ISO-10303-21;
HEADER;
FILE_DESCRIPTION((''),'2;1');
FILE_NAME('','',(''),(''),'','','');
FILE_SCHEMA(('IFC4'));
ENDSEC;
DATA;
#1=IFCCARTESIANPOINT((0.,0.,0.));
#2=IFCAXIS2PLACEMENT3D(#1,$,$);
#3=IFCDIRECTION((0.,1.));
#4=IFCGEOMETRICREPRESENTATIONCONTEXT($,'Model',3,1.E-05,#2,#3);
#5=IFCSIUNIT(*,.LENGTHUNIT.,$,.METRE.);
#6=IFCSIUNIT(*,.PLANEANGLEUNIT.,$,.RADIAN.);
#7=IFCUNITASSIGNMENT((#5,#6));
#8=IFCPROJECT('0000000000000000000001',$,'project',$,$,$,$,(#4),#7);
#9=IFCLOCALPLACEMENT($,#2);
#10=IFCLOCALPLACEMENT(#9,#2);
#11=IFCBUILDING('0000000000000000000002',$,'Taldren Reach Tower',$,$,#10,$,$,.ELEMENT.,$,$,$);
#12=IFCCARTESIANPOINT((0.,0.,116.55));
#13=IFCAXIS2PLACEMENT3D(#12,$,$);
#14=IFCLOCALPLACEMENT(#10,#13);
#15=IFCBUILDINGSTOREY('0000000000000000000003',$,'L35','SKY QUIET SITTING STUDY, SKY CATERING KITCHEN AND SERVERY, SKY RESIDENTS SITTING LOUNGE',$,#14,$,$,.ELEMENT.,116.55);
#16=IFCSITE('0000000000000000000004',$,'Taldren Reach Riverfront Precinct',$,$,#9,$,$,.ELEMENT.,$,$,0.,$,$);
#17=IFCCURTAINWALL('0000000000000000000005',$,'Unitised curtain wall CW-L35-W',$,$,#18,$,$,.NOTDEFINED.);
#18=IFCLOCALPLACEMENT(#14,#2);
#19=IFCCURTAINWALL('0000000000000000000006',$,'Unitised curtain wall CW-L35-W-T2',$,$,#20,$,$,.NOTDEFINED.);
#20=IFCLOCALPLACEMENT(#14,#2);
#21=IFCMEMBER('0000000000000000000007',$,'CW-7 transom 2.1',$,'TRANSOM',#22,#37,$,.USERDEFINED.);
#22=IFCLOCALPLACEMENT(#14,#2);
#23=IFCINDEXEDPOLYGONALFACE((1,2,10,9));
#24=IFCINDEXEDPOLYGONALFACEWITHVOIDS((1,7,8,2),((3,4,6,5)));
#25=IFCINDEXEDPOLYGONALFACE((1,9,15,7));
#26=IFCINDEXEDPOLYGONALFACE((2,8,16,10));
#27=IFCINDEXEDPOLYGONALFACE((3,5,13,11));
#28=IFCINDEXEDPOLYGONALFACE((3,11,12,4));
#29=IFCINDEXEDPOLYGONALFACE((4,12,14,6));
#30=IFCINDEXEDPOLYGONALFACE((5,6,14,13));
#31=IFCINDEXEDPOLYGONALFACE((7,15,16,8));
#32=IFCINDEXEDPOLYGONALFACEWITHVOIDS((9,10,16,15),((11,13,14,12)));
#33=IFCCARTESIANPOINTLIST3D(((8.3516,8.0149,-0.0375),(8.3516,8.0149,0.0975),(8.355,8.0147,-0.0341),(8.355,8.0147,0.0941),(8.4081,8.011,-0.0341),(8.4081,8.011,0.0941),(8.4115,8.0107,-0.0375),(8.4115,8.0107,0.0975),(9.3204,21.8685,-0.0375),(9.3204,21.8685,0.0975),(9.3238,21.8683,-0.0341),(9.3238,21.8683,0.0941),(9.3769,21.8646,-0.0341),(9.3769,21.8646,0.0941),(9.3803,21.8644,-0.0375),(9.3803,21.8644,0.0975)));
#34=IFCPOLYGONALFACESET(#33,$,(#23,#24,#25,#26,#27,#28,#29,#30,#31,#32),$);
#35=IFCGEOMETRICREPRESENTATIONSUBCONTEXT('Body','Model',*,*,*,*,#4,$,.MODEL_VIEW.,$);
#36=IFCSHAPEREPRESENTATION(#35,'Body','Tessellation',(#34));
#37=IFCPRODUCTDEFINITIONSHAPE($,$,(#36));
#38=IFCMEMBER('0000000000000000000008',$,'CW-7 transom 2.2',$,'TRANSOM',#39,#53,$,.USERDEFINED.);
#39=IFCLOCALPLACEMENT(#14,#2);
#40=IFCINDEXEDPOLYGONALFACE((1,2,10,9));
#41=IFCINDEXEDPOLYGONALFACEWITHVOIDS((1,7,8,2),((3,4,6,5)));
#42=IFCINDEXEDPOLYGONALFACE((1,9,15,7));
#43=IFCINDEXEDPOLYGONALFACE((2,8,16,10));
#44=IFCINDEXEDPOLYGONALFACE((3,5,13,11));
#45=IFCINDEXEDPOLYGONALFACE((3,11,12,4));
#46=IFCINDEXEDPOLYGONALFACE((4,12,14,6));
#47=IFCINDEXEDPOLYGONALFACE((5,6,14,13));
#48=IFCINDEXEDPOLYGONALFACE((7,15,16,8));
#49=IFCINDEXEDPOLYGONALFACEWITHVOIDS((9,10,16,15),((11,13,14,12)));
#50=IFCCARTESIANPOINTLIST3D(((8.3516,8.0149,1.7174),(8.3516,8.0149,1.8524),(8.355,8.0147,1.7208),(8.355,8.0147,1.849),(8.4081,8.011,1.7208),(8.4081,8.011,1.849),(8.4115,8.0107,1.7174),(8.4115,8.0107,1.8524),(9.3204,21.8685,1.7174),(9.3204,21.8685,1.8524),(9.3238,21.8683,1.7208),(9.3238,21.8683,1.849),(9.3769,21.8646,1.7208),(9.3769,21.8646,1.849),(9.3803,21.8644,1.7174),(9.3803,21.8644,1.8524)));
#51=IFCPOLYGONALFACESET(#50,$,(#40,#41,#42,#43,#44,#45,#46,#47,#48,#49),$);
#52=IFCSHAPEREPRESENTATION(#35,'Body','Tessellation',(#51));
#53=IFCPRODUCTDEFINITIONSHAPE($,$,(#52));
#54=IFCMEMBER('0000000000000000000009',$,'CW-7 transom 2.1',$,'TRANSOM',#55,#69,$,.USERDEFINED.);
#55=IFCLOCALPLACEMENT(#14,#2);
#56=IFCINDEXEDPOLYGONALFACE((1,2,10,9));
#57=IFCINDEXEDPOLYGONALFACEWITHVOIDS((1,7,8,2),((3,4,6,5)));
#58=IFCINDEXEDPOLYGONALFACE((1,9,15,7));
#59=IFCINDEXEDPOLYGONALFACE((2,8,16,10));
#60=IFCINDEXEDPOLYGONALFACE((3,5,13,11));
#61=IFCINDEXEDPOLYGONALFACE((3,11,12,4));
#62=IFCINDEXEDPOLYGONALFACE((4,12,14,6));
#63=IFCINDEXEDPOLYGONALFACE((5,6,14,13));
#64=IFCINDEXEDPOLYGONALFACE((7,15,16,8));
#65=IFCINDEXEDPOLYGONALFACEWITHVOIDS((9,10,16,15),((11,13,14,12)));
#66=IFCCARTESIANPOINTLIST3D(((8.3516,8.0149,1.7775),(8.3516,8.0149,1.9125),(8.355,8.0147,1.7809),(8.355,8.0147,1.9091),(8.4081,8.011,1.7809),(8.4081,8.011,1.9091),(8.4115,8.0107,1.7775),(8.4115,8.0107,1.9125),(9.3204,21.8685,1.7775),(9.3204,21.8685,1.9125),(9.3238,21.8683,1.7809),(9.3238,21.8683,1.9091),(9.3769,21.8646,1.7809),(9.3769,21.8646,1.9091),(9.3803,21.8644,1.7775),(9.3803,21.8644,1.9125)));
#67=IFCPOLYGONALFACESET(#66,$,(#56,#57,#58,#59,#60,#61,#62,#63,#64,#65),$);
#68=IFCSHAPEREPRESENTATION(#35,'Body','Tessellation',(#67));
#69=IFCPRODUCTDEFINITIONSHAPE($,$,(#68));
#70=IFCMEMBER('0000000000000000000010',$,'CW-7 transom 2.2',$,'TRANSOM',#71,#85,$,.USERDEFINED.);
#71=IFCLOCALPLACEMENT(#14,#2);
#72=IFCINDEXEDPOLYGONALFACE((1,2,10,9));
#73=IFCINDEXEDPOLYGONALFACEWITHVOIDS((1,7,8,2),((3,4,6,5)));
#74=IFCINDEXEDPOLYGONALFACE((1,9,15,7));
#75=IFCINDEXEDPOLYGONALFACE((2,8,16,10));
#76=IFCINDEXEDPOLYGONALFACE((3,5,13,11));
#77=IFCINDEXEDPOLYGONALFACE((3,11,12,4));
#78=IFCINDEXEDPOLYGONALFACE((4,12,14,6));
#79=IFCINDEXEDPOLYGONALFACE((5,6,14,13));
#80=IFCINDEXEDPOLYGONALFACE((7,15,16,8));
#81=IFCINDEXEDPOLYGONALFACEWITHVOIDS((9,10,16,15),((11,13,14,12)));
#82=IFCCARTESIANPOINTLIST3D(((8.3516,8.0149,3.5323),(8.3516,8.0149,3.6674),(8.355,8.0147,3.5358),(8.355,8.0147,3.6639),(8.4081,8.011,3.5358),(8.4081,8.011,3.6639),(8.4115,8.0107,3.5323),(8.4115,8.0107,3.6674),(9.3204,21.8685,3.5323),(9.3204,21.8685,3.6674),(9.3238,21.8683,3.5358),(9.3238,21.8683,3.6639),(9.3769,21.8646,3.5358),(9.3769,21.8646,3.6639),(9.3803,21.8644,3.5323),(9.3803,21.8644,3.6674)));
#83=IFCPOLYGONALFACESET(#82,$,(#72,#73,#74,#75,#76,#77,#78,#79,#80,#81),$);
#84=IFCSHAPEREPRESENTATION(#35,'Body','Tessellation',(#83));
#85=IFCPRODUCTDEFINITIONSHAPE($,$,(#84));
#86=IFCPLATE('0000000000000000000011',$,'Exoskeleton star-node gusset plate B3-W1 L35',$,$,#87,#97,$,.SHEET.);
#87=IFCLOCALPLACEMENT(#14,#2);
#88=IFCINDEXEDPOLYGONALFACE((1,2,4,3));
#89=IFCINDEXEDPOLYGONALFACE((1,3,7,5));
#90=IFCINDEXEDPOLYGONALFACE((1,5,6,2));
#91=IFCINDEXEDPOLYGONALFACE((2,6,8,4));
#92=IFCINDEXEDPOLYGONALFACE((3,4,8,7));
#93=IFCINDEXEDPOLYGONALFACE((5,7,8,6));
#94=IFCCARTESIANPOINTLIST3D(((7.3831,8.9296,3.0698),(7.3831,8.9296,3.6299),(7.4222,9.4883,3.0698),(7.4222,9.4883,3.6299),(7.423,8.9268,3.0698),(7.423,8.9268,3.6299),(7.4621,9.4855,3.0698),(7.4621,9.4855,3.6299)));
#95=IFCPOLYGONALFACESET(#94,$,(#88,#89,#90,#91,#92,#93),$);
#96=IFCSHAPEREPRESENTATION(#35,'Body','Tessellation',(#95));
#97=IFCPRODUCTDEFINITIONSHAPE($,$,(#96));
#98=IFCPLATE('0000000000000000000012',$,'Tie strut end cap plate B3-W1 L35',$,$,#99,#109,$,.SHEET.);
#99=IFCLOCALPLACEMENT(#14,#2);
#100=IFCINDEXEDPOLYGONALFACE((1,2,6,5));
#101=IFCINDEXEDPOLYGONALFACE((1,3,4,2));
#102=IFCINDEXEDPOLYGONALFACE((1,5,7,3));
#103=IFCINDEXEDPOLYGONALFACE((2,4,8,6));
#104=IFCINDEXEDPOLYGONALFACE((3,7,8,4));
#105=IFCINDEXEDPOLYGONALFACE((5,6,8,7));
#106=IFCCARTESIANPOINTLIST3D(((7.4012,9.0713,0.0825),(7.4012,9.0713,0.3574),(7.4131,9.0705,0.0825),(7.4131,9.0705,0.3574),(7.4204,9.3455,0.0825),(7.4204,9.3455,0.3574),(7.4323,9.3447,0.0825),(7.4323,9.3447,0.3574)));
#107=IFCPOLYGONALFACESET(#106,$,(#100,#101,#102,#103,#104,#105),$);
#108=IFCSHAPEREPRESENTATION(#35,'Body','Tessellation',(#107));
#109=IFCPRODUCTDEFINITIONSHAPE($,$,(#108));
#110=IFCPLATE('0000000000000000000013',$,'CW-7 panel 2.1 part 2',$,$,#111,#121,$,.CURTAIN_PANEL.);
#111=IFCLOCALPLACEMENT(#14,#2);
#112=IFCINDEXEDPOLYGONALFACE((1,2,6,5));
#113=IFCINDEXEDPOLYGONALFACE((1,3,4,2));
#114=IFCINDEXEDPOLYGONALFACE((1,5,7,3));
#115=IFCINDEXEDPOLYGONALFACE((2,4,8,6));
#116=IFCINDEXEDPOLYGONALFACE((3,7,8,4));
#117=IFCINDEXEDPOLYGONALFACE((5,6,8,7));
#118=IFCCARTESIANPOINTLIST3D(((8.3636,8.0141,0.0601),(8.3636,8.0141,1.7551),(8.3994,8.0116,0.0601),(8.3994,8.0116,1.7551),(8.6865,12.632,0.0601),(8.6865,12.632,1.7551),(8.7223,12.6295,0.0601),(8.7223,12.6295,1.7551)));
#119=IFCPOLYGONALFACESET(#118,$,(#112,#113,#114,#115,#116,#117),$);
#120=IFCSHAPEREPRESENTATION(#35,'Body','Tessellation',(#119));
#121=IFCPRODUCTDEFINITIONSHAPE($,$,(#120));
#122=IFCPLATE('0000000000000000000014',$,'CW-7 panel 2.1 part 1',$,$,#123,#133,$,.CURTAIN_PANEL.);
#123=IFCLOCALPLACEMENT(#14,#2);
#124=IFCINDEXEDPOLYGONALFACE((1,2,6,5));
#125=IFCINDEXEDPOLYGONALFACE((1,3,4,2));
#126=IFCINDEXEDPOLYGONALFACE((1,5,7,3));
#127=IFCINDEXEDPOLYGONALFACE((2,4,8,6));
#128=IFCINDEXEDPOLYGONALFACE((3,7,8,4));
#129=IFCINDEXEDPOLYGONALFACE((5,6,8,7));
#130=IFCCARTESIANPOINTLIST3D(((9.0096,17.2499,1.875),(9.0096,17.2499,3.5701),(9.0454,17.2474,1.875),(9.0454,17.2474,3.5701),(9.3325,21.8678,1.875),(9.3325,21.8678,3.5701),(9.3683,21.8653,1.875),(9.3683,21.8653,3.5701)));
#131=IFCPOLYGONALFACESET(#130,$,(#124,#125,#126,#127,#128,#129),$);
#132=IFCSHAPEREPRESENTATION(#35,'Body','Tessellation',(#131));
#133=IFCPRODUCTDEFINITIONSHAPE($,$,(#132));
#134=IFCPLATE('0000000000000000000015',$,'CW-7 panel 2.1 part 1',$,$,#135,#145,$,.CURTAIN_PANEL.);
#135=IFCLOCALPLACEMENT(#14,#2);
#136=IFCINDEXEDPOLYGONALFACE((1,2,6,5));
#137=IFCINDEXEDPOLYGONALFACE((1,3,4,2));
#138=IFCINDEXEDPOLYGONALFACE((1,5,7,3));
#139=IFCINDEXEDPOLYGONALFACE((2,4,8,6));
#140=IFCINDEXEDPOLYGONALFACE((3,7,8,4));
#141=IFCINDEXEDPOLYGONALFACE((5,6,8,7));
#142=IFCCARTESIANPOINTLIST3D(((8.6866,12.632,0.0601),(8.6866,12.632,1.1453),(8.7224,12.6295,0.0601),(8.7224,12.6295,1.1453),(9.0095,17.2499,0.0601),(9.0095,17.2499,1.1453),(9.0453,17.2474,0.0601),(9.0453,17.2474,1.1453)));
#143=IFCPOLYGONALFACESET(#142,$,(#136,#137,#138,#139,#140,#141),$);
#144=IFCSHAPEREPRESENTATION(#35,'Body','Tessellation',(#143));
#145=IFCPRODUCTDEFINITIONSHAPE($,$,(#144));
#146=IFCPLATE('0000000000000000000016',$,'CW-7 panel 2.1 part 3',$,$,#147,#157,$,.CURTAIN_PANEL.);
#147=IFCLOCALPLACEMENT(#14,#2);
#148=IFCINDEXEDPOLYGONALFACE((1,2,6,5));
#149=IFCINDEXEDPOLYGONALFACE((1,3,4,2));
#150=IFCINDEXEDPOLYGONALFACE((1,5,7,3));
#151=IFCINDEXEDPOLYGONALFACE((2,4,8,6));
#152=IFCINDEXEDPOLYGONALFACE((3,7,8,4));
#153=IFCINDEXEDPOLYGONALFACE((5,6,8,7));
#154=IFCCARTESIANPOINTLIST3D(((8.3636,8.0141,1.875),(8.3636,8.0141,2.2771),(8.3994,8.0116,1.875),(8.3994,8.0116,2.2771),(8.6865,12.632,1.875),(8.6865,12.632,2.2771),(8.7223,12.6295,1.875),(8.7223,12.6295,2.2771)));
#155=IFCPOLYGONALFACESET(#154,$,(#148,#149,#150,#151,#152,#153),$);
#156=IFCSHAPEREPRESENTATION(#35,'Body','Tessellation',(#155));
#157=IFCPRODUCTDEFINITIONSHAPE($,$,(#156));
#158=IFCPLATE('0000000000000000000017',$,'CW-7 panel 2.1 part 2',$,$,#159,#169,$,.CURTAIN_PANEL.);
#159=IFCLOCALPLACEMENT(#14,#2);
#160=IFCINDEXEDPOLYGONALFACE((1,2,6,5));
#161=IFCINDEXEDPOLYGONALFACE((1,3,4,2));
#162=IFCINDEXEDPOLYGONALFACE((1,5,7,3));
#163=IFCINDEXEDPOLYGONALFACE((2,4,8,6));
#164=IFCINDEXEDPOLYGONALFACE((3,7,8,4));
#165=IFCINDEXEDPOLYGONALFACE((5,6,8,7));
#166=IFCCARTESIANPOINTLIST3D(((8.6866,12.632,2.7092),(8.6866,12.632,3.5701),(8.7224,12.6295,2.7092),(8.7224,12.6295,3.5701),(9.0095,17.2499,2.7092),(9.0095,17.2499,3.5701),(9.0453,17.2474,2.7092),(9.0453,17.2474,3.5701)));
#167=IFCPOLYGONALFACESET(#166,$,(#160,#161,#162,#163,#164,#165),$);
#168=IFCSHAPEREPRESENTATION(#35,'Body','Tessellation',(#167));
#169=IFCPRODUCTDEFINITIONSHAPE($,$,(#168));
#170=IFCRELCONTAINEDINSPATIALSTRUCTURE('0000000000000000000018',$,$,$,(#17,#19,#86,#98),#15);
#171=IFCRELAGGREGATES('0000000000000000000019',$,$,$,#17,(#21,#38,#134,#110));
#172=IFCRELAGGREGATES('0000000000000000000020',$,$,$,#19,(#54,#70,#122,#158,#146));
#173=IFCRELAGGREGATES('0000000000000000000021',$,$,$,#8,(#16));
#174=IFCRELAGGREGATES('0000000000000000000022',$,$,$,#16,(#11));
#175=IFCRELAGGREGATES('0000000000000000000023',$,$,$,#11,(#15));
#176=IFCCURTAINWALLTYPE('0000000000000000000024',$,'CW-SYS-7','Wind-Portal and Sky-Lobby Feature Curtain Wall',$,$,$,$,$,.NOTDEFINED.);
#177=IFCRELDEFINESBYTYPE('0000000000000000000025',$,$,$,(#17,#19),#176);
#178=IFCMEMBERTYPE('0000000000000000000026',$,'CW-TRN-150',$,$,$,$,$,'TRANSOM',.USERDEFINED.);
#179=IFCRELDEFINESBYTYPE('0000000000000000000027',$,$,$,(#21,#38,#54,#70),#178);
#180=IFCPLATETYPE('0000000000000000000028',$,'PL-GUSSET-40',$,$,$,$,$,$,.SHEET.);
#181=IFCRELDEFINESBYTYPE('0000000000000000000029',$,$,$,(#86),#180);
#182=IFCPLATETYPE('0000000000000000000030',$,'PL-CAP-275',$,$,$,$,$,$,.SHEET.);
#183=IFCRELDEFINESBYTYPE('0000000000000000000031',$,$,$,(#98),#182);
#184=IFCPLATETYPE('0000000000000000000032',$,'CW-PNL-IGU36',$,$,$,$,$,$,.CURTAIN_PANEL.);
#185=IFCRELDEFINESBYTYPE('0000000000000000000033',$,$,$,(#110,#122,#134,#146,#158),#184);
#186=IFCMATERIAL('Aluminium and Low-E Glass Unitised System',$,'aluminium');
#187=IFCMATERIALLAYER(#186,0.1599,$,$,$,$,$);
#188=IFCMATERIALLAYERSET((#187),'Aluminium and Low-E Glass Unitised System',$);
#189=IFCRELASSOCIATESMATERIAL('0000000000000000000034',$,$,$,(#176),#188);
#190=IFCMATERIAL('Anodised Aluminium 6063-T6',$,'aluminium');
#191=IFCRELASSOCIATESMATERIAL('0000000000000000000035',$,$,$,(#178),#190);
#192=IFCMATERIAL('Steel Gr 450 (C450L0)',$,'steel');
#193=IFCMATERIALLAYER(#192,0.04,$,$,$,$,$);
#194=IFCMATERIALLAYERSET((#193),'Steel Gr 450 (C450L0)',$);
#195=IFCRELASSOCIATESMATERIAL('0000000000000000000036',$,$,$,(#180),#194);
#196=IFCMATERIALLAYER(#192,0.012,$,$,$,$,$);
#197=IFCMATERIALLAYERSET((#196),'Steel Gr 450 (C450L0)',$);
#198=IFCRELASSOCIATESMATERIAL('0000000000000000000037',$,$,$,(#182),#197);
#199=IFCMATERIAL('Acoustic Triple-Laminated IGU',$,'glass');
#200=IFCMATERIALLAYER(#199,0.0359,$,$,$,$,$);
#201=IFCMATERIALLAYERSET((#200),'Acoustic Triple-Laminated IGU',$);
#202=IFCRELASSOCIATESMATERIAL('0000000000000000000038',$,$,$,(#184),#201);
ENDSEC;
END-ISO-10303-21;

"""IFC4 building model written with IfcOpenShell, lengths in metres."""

from ifc_helpers import new_model, si_unit, direction, frame, origin, origin_2d, place, context, subcontext, project, spatial, rectangle, hollow_rectangle, extrude, source, transform, mapped, material, layer, layer_set, material_profile, profile_set, type_object, element, aggregate, save


model = new_model("IFC4")

# Units and contexts
model_context = context("Model", 3, precision=1e-05, world=origin(), true_north=direction((0.0, 1.0)))
body_context = subcontext(model_context, "Body", "Model", "MODEL_VIEW")
ifc_project = project(units=[si_unit("LENGTHUNIT", "METRE"), si_unit("PLANEANGLEUNIT", "RADIAN")], contexts=[model_context])

# Site, building, storey
site_placement = place(None, origin())
site = spatial("IfcSite", under=ifc_project, at=site_placement, Name="Taldren Reach Riverfront Precinct", CompositionType="ELEMENT", RefElevation=0.0)
building_placement = place(site_placement, origin())
building = spatial("IfcBuilding", under=site, at=building_placement, Name="Taldren Reach Tower", CompositionType="ELEMENT")
storey_placement = place(building_placement, frame((0.0, 0.0, 116.55)))
storey = spatial("IfcBuildingStorey", under=building, at=storey_placement, Name="L35", Description="SKY QUIET SITTING STUDY, SKY CATERING KITCHEN AND SERVERY, SKY RESIDENTS SITTING LOUNGE", CompositionType="ELEMENT", Elevation=116.55)

# Shared definitions
ifc_material_1 = material(Name="Steel Gr 450 (C450L0)", Category="steel")

# Curtain walls
ifc_material_2 = material(Name="Aluminium and Low-E Glass Unitised System", Category="aluminium")
ifc_layer_1 = layer(ifc_material_2, 0.1599)
ifc_layer_set_1 = layer_set([ifc_layer_1], Name="Aluminium and Low-E Glass Unitised System")
curtain_wall_type = type_object("IfcCurtainWallType", Name="CW-SYS-7", Description="Wind-Portal and Sky-Lobby Feature Curtain Wall", PredefinedType="NOTDEFINED", material=ifc_layer_set_1)
curtain_wall_1_placement = place(storey_placement, origin())
curtain_wall_1 = element("IfcCurtainWall", 1, at=curtain_wall_1_placement, inside=storey, type_object=curtain_wall_type, Name="Unitised curtain wall CW-L35-W", PredefinedType="NOTDEFINED")
ifc_material_3 = material(Name="Anodised Aluminium 6063-T6", Category="aluminium")
curtain_wall_2_placement = place(storey_placement, origin())
curtain_wall_2 = element("IfcCurtainWall", 2, at=curtain_wall_2_placement, inside=storey, type_object=curtain_wall_type, Name="Unitised curtain wall CW-L35-W-T2", PredefinedType="NOTDEFINED")

# Members
ifc_material_profile_1 = material_profile(ifc_material_3, hollow_rectangle(XDim=0.0601, YDim=0.135, WallThickness=0.0034, at=origin_2d()), Name="ALU-135x60x3.5RHS")
ifc_profile_set_1 = profile_set([ifc_material_profile_1], Name="Anodised Aluminium 6063-T6")
member_type_1 = type_object("IfcMemberType", Name="CW-TRN-150", ElementType="TRANSOM", PredefinedType="USERDEFINED", material=ifc_profile_set_1)
shared_shape_1 = source(origin(), body_context, "Body", "SweptSolid", [
    extrude(hollow_rectangle(XDim=0.0601, YDim=0.135, WallThickness=0.0034, at=origin_2d()), origin(), (0.0, 0.0, 1.0), 13.8875),
])
member_1_placement = place(storey_placement, frame((9.3503, 21.8665, 0.03), z_axis=(-0.069758, -0.997564, 0.0), x_axis=(0.997564, -0.069758, 0.0)))
member_1 = element("IfcMember", 3, at=member_1_placement, type_object=member_type_1, Name="CW-7 transom 2.1", ObjectType="TRANSOM", PredefinedType="USERDEFINED", context=body_context, shape_type="MappedRepresentation", body=[
    mapped(shared_shape_1, transform((0.0, 0.0, 0.0), scale=1.0)),
])
member_2_placement = place(storey_placement, frame((9.3503, 21.8665, 1.7849), z_axis=(-0.069758, -0.997564, 0.0), x_axis=(0.997564, -0.069758, 0.0)))
member_2 = element("IfcMember", 4, at=member_2_placement, type_object=member_type_1, Name="CW-7 transom 2.2", ObjectType="TRANSOM", PredefinedType="USERDEFINED", context=body_context, shape_type="MappedRepresentation", body=[
    mapped(shared_shape_1, transform((0.0, 0.0, 0.0), scale=1.0)),
])
member_3_placement = place(storey_placement, frame((9.3503, 21.8665, 1.845), z_axis=(-0.069758, -0.997564, 0.0), x_axis=(0.997564, -0.069758, 0.0)))
member_3 = element("IfcMember", 5, at=member_3_placement, type_object=member_type_1, Name="CW-7 transom 2.1", ObjectType="TRANSOM", PredefinedType="USERDEFINED", context=body_context, shape_type="MappedRepresentation", body=[
    mapped(shared_shape_1, transform((0.0, 0.0, 0.0), scale=1.0)),
])
member_4_placement = place(storey_placement, frame((9.3503, 21.8665, 3.5999), z_axis=(-0.069758, -0.997564, 0.0), x_axis=(0.997564, -0.069758, 0.0)))
member_4 = element("IfcMember", 6, at=member_4_placement, type_object=member_type_1, Name="CW-7 transom 2.2", ObjectType="TRANSOM", PredefinedType="USERDEFINED", context=body_context, shape_type="MappedRepresentation", body=[
    mapped(shared_shape_1, transform((0.0, 0.0, 0.0), scale=1.0)),
])

# Plates
ifc_layer_2 = layer(ifc_material_1, 0.04)
ifc_layer_set_2 = layer_set([ifc_layer_2], Name="Steel Gr 450 (C450L0)")
plate_type_1 = type_object("IfcPlateType", Name="PL-GUSSET-40", PredefinedType="SHEET", material=ifc_layer_set_2)
shared_shape_2 = source(origin(), body_context, "Body", "SweptSolid", [
    extrude(rectangle(XDim=0.5601, YDim=0.04, at=origin_2d()), origin(), (0.0, 0.0, 1.0), 0.5601),
])
plate_1_placement = place(storey_placement, frame((7.4226, 9.2075, 3.0698), z_axis=(0.0, 0.0, 1.0), x_axis=(0.069756, 0.997564, 0.0)))
element("IfcPlate", 7, at=plate_1_placement, inside=storey, type_object=plate_type_1, Name="Exoskeleton star-node gusset plate B3-W1 L35", PredefinedType="SHEET", context=body_context, shape_type="MappedRepresentation", body=[
    mapped(shared_shape_2, transform((0.0, 0.0, 0.0), scale=1.0)),
])
ifc_layer_3 = layer(ifc_material_1, 0.012)
ifc_layer_set_3 = layer_set([ifc_layer_3], Name="Steel Gr 450 (C450L0)")
plate_type_2 = type_object("IfcPlateType", Name="PL-CAP-275", PredefinedType="SHEET", material=ifc_layer_set_3)
shared_shape_3 = source(origin(), body_context, "Body", "SweptSolid", [
    extrude(rectangle(XDim=0.012, YDim=0.2749, at=origin_2d()), origin(), (0.0, 0.0, 1.0), 0.2749),
])
plate_2_placement = place(storey_placement, frame((7.4167, 9.208, 0.0825), z_axis=(0.0, 0.0, 1.0), x_axis=(0.997564, -0.069756, 0.0)))
element("IfcPlate", 8, at=plate_2_placement, inside=storey, type_object=plate_type_2, Name="Tie strut end cap plate B3-W1 L35", PredefinedType="SHEET", context=body_context, shape_type="MappedRepresentation", body=[
    mapped(shared_shape_3, transform((0.0, 0.0, 0.0), scale=1.0)),
])

# Plates
ifc_material_4 = material(Name="Acoustic Triple-Laminated IGU", Category="glass")
ifc_layer_4 = layer(ifc_material_4, 0.0359)
ifc_layer_set_4 = layer_set([ifc_layer_4], Name="Acoustic Triple-Laminated IGU")
plate_type_3 = type_object("IfcPlateType", Name="CW-PNL-IGU36", PredefinedType="CURTAIN_PANEL", material=ifc_layer_set_4)
shared_shape_4 = source(origin(), body_context, "Body", "SweptSolid", [
    extrude(rectangle(XDim=4.6292, YDim=0.0359, at=origin_2d()), origin(), (0.0, 0.0, 1.0), 1.6951),
])
plate_3_placement = place(storey_placement, frame((8.543, 10.3218, 0.0601), z_axis=(0.0, 0.0, 1.0), x_axis=(-0.069756, -0.997564, 0.0)))
plate_3 = element("IfcPlate", 9, at=plate_3_placement, type_object=plate_type_3, Name="CW-7 panel 2.1 part 2", PredefinedType="CURTAIN_PANEL", context=body_context, shape_type="MappedRepresentation", body=[
    mapped(shared_shape_4, transform((0.0, 0.0, 0.0), scale=1.0)),
])
plate_4_placement = place(storey_placement, frame((9.189, 19.5576, 1.875), z_axis=(0.0, 0.0, 1.0), x_axis=(-0.069756, -0.997564, 0.0)))
plate_4 = element("IfcPlate", 10, at=plate_4_placement, type_object=plate_type_3, Name="CW-7 panel 2.1 part 1", PredefinedType="CURTAIN_PANEL", context=body_context, shape_type="MappedRepresentation", body=[
    mapped(shared_shape_4, transform((0.0, 0.0, 0.0), scale=1.0)),
])
shared_shape_5 = source(origin(), body_context, "Body", "SweptSolid", [
    extrude(rectangle(XDim=4.6292, YDim=0.0359, at=origin_2d()), origin(), (0.0, 0.0, 1.0), 1.0852),
])
plate_5_placement = place(storey_placement, frame((8.866, 14.9397, 0.0601), z_axis=(0.0, 0.0, 1.0), x_axis=(-0.069756, -0.997564, 0.0)))
plate_5 = element("IfcPlate", 11, at=plate_5_placement, type_object=plate_type_3, Name="CW-7 panel 2.1 part 1", PredefinedType="CURTAIN_PANEL", context=body_context, shape_type="MappedRepresentation", body=[
    mapped(shared_shape_5, transform((0.0, 0.0, 0.0), scale=1.0)),
])
aggregate(curtain_wall_1, [member_1, member_2, plate_5, plate_3])
shared_shape_6 = source(origin(), body_context, "Body", "SweptSolid", [
    extrude(rectangle(XDim=4.6292, YDim=0.0359, at=origin_2d()), origin(), (0.0, 0.0, 1.0), 0.4021),
])
plate_6_placement = place(storey_placement, frame((8.543, 10.3218, 1.875), z_axis=(0.0, 0.0, 1.0), x_axis=(-0.069756, -0.997564, 0.0)))
plate_6 = element("IfcPlate", 12, at=plate_6_placement, type_object=plate_type_3, Name="CW-7 panel 2.1 part 3", PredefinedType="CURTAIN_PANEL", context=body_context, shape_type="MappedRepresentation", body=[
    mapped(shared_shape_6, transform((0.0, 0.0, 0.0), scale=1.0)),
])
shared_shape_7 = source(origin(), body_context, "Body", "SweptSolid", [
    extrude(rectangle(XDim=4.6292, YDim=0.0359, at=origin_2d()), origin(), (0.0, 0.0, 1.0), 0.8608),
])
plate_7_placement = place(storey_placement, frame((8.866, 14.9397, 2.7092), z_axis=(0.0, 0.0, 1.0), x_axis=(-0.069756, -0.997564, 0.0)))
plate_7 = element("IfcPlate", 13, at=plate_7_placement, type_object=plate_type_3, Name="CW-7 panel 2.1 part 2", PredefinedType="CURTAIN_PANEL", context=body_context, shape_type="MappedRepresentation", body=[
    mapped(shared_shape_7, transform((0.0, 0.0, 0.0), scale=1.0)),
])
aggregate(curtain_wall_2, [member_3, member_4, plate_4, plate_7, plate_6])

save(model, "model.ifc")
